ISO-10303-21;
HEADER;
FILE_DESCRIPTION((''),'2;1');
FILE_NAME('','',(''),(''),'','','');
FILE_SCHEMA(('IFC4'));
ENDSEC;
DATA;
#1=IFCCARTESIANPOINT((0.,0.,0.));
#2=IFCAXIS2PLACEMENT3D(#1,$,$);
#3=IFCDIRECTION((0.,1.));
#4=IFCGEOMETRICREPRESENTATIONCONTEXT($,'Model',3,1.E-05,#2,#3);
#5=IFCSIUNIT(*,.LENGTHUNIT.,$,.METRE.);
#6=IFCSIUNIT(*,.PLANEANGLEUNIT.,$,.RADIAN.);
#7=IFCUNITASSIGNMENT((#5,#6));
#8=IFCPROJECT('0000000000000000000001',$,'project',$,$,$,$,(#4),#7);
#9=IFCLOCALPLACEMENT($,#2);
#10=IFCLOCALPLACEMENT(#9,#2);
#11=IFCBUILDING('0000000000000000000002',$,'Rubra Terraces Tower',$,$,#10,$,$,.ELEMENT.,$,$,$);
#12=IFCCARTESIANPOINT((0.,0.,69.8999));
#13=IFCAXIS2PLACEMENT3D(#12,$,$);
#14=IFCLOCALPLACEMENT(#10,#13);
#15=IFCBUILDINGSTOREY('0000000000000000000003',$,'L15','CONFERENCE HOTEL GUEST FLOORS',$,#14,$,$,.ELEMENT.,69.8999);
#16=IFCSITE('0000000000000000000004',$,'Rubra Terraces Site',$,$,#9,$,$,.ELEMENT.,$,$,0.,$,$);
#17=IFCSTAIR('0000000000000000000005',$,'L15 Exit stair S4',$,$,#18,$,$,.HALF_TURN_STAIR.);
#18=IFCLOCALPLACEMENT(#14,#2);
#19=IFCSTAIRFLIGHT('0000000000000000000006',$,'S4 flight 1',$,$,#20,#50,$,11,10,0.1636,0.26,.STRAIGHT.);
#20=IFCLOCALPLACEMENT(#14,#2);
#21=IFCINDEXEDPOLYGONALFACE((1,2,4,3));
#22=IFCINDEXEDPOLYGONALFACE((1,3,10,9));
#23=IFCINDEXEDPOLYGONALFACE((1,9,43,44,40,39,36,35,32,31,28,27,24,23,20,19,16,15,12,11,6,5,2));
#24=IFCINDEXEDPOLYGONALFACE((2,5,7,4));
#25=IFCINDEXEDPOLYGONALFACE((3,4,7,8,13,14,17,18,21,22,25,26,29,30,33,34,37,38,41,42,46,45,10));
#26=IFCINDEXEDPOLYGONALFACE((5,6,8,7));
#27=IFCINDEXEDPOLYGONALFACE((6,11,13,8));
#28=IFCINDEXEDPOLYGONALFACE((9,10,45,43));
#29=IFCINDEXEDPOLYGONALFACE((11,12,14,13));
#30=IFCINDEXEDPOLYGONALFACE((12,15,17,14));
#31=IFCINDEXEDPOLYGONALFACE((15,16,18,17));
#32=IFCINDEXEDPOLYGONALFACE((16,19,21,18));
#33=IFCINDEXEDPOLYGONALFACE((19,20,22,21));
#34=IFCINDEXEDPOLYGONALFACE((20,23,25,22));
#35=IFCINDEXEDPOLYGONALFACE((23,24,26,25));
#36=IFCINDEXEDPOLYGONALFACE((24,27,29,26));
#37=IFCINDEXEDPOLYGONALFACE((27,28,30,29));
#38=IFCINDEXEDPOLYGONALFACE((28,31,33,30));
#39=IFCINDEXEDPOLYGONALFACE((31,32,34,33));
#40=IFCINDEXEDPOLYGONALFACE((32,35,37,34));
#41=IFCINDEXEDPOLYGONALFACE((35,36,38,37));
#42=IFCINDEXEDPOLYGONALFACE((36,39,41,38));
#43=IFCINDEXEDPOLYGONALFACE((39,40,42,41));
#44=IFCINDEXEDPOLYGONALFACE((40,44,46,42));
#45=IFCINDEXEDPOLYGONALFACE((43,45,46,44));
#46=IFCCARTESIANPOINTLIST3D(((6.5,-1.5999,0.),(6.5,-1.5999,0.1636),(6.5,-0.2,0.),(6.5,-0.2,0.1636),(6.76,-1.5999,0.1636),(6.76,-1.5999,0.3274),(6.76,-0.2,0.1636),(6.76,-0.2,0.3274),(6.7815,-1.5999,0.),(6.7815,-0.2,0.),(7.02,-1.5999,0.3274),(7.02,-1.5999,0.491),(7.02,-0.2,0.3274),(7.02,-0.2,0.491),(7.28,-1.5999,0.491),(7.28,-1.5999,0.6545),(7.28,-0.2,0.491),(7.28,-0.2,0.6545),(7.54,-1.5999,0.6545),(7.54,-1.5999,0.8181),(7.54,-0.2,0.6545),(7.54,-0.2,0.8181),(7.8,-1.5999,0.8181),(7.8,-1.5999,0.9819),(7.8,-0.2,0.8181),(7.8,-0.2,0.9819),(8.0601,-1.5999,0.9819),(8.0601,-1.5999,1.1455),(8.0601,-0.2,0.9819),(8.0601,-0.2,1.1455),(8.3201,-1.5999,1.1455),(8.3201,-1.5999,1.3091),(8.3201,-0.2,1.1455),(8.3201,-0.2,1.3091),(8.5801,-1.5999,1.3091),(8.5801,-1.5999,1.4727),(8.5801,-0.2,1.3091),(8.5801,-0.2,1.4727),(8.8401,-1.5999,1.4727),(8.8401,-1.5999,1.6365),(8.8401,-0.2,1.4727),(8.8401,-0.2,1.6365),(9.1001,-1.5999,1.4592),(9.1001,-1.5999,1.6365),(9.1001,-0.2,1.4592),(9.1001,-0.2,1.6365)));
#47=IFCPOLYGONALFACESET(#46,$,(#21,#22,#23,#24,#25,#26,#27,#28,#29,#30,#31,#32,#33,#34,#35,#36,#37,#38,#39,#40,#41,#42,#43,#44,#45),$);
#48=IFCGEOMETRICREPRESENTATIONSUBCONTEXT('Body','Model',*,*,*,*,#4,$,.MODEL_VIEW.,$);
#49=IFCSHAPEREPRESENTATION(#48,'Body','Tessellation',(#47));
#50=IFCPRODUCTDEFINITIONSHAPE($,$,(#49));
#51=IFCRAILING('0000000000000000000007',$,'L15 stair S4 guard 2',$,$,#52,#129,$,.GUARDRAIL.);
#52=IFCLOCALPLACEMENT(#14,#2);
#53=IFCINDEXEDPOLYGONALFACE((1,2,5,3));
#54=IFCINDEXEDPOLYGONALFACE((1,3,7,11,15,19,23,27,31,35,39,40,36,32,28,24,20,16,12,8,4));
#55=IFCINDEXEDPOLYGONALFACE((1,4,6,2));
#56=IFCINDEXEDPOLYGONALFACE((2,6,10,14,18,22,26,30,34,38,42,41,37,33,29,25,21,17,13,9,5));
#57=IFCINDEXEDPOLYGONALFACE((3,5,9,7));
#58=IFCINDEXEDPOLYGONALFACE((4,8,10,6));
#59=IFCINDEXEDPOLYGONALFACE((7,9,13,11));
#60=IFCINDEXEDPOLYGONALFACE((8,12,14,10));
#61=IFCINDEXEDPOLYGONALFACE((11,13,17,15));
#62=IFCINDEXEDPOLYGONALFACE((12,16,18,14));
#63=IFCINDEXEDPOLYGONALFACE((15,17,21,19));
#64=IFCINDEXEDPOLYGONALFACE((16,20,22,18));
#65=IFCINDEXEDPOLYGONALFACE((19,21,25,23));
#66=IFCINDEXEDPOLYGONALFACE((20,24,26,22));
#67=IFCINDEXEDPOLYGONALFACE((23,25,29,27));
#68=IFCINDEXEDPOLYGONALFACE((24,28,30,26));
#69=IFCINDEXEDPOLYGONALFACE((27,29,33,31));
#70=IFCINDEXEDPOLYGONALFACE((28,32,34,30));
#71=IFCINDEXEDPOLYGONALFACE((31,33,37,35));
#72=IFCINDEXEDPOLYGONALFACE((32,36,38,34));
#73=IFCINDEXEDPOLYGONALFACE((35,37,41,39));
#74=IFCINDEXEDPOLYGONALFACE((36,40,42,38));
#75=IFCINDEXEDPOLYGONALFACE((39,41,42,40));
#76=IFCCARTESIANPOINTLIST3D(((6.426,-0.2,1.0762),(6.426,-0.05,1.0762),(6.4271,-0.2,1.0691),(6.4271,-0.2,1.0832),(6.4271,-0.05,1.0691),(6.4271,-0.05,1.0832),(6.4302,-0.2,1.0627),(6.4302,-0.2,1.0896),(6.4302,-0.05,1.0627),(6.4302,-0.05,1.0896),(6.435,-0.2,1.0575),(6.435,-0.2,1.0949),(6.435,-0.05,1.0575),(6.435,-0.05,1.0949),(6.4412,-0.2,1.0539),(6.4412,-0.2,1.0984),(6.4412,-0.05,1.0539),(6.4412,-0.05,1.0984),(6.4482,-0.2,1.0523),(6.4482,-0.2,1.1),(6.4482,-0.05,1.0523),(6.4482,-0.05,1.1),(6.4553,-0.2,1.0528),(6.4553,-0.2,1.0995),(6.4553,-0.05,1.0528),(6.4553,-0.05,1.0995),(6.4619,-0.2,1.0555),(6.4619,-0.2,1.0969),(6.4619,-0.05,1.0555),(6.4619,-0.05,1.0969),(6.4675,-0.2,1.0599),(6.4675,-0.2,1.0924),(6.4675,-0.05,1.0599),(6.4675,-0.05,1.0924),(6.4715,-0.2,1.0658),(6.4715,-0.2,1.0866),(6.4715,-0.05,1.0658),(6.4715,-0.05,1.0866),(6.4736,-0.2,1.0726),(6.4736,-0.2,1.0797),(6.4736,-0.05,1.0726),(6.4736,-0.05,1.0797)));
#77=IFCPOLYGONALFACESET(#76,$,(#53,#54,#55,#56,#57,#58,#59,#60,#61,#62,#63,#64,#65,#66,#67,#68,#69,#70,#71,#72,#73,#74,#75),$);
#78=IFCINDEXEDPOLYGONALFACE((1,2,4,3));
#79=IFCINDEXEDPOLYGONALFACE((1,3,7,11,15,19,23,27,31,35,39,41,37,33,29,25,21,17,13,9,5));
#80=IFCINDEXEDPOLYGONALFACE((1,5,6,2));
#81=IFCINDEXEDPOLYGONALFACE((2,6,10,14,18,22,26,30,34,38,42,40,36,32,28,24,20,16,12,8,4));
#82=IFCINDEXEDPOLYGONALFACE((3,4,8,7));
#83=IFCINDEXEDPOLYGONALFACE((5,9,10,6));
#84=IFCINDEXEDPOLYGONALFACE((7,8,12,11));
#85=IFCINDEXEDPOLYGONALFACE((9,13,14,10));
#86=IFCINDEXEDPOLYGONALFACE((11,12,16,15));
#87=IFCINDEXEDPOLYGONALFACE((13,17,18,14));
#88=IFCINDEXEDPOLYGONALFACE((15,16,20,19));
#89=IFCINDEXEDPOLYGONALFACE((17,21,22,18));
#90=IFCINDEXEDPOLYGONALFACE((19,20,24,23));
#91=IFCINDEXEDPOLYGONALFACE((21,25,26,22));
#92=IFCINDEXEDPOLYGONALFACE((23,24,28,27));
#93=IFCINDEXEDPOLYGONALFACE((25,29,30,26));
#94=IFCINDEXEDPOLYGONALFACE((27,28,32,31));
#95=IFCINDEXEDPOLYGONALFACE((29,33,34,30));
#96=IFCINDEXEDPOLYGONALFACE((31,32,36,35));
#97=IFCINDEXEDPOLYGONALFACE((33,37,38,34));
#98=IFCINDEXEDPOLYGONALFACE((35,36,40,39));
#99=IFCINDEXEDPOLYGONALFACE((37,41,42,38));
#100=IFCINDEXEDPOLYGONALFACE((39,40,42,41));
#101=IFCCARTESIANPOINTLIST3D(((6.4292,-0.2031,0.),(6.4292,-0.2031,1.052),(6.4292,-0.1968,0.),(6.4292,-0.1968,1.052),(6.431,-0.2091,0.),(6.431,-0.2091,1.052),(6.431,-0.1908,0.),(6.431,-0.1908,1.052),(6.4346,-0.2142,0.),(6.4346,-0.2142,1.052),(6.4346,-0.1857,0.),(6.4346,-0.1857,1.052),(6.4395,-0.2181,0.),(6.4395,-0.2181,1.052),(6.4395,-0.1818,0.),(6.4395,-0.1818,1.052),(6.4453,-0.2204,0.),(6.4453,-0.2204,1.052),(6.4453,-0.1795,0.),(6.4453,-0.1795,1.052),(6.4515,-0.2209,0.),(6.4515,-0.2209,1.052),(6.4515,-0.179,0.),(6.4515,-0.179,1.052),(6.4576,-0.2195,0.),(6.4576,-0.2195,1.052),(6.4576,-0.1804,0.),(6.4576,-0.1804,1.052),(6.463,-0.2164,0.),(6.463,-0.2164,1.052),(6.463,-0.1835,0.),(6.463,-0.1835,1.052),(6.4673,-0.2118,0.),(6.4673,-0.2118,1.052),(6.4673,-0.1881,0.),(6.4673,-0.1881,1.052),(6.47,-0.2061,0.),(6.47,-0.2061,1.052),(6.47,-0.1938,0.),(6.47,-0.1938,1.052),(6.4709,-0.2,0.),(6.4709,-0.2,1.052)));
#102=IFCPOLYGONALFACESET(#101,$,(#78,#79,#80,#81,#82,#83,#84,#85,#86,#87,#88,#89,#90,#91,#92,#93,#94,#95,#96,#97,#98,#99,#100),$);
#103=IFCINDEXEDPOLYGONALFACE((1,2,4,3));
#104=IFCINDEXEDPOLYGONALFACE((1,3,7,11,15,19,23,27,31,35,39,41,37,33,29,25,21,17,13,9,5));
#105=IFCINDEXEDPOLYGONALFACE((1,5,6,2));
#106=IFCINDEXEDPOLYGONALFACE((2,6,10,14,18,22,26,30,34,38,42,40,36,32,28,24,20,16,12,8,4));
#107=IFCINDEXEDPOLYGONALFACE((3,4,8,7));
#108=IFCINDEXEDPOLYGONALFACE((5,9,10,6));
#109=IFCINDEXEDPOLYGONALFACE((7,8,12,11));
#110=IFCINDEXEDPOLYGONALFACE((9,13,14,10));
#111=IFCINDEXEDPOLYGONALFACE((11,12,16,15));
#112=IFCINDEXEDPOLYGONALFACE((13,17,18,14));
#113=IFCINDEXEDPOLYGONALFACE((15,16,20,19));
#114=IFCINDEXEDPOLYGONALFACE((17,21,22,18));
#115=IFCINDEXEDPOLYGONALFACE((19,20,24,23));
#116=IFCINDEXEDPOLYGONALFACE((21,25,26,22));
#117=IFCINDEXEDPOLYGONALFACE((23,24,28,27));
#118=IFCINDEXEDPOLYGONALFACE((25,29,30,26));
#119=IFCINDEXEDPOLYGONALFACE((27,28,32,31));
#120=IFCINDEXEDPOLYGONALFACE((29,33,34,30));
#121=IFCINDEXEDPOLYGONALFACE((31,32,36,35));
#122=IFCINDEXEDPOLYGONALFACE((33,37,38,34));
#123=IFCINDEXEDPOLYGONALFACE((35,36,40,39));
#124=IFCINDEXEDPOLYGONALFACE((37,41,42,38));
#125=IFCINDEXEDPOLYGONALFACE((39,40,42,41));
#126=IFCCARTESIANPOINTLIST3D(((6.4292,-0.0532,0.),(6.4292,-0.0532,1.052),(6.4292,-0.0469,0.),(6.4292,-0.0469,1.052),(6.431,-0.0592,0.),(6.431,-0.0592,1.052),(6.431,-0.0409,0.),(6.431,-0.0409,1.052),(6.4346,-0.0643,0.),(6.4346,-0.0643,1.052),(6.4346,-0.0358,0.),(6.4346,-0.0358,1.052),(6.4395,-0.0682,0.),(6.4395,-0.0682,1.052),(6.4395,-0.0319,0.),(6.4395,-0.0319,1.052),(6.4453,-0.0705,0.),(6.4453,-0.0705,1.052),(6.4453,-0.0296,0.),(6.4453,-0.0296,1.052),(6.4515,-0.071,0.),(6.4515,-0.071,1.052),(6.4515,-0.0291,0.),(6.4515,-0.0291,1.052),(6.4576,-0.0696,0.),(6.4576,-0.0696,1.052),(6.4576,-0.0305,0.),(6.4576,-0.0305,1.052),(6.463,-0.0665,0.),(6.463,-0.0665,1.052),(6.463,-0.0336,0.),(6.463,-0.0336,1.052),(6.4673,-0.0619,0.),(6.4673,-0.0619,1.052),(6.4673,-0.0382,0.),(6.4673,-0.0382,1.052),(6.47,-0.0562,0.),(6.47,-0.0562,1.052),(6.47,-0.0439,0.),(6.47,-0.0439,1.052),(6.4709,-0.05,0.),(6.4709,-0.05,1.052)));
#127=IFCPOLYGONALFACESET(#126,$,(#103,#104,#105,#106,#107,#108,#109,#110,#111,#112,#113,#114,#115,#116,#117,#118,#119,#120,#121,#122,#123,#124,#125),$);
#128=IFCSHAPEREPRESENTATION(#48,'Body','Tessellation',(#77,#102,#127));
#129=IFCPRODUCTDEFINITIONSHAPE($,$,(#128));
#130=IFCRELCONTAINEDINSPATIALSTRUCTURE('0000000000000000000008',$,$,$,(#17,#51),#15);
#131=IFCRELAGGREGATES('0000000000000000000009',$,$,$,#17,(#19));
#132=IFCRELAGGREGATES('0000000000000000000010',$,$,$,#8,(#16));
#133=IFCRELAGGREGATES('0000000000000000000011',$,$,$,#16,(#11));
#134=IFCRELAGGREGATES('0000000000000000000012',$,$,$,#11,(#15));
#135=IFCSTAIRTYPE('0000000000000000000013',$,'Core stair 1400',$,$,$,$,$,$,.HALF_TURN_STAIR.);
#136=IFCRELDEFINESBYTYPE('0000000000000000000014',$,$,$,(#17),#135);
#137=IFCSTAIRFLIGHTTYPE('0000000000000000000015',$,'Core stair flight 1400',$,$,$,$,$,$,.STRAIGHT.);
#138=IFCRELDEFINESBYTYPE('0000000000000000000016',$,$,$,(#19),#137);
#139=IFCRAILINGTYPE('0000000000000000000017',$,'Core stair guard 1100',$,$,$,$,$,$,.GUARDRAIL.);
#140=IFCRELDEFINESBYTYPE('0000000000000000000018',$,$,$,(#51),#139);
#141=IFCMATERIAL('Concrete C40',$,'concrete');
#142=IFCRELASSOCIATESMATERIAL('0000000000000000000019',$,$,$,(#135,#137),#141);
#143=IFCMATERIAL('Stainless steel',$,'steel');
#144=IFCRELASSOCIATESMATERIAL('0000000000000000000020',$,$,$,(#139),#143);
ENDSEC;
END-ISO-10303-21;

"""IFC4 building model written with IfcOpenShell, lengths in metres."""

from ifc_helpers import new_model, si_unit, direction, frame, origin, origin_2d, place, context, subcontext, project, spatial, polyline, circle, outline, extrude, material, type_object, element, aggregate, save


model = new_model("IFC4")

# Units and contexts
model_context = context("Model", 3, precision=1e-05, world=origin(), true_north=direction((0.0, 1.0)))
body_context = subcontext(model_context, "Body", "Model", "MODEL_VIEW")
ifc_project = project(units=[si_unit("LENGTHUNIT", "METRE"), si_unit("PLANEANGLEUNIT", "RADIAN")], contexts=[model_context])

# Site, building, storey
site_placement = place(None, origin())
site = spatial("IfcSite", under=ifc_project, at=site_placement, Name="Rubra Terraces Site", CompositionType="ELEMENT", RefElevation=0.0)
building_placement = place(site_placement, origin())
building = spatial("IfcBuilding", under=site, at=building_placement, Name="Rubra Terraces Tower", CompositionType="ELEMENT")
storey_placement = place(building_placement, frame((0.0, 0.0, 69.8999)))
storey = spatial("IfcBuildingStorey", under=building, at=storey_placement, Name="L15", Description="CONFERENCE HOTEL GUEST FLOORS", CompositionType="ELEMENT", Elevation=69.8999)

# Shared definitions
ifc_material_1 = material(Name="Concrete C40", Category="concrete")
stair_type = type_object("IfcStairType", Name="Core stair 1400", PredefinedType="HALF_TURN_STAIR", material=ifc_material_1)

# Stair, stair flight
stair_1_placement = place(storey_placement, origin())
stair_1 = element("IfcStair", 1, at=stair_1_placement, inside=storey, type_object=stair_type, Name="L15 Exit stair S4", PredefinedType="HALF_TURN_STAIR")
stair_flight_type = type_object("IfcStairFlightType", Name="Core stair flight 1400", PredefinedType="STRAIGHT", material=ifc_material_1)
stair_flight_placement = place(storey_placement, frame((6.5, -0.8999, 0.0), z_axis=(0.0, 0.0, 1.0), x_axis=(1.0, 0.0, 0.0)))
stair_flight = element("IfcStairFlight", 2, at=stair_flight_placement, type_object=stair_flight_type, Name="S4 flight 1", NumberOfRisers=11, NumberOfTreads=10, PredefinedType="STRAIGHT", RiserHeight=0.1636, TreadLength=0.26, context=body_context, shape_type="SweptSolid", body=[
    extrude(outline(polyline([(0.0, 0.0), (0.0, 0.1636), (0.26, 0.1636), (0.26, 0.3274), (0.52, 0.3274), (0.52, 0.491), (0.78, 0.491), (0.78, 0.6545), (1.04, 0.6545), (1.04, 0.8181), (1.3, 0.8181), (1.3, 0.9819), (1.5601, 0.9819), (1.5601, 1.1455), (1.8201, 1.1455), (1.8201, 1.3091), (2.0801, 1.3091), (2.0801, 1.4727), (2.3401, 1.4727), (2.3401, 1.6365), (2.6001, 1.6365), (2.6001, 1.8), (2.6001, 1.4592), (0.2815, 0.0), (0.0, 0.0)])), frame((0.0, 0.7, 0.0), z_axis=(0.0, -1.0, 0.0), x_axis=(1.0, 0.0, 0.0)), (0.0, 0.0, 1.0), 1.3999),
])
aggregate(stair_1, [stair_flight])

# Railing
ifc_material_2 = material(Name="Stainless steel", Category="steel")
railing_type_1 = type_object("IfcRailingType", Name="Core stair guard 1100", PredefinedType="GUARDRAIL", material=ifc_material_2)
railing_1_placement = place(storey_placement, frame((6.45, -0.2, 0.0)))
element("IfcRailing", 3, at=railing_1_placement, inside=storey, type_object=railing_type_1, Name="L15 stair S4 guard 2", PredefinedType="GUARDRAIL", context=body_context, shape_type="SweptSolid", body=[
    extrude(circle(Radius=0.0239, at=origin_2d()), frame((0.0, 0.0, 1.0762), z_axis=(0.0, 1.0, 0.0), x_axis=(-1.0, 0.0, 0.0)), (0.0, 0.0, 1.0), 0.1499),
    extrude(circle(Radius=0.021, at=origin_2d()), origin(), (0.0, 0.0, 1.0), 1.052),
    extrude(circle(Radius=0.021, at=origin_2d()), frame((0.0, 0.1499, 0.0)), (0.0, 0.0, 1.0), 1.052),
])

save(model, "model.ifc")
